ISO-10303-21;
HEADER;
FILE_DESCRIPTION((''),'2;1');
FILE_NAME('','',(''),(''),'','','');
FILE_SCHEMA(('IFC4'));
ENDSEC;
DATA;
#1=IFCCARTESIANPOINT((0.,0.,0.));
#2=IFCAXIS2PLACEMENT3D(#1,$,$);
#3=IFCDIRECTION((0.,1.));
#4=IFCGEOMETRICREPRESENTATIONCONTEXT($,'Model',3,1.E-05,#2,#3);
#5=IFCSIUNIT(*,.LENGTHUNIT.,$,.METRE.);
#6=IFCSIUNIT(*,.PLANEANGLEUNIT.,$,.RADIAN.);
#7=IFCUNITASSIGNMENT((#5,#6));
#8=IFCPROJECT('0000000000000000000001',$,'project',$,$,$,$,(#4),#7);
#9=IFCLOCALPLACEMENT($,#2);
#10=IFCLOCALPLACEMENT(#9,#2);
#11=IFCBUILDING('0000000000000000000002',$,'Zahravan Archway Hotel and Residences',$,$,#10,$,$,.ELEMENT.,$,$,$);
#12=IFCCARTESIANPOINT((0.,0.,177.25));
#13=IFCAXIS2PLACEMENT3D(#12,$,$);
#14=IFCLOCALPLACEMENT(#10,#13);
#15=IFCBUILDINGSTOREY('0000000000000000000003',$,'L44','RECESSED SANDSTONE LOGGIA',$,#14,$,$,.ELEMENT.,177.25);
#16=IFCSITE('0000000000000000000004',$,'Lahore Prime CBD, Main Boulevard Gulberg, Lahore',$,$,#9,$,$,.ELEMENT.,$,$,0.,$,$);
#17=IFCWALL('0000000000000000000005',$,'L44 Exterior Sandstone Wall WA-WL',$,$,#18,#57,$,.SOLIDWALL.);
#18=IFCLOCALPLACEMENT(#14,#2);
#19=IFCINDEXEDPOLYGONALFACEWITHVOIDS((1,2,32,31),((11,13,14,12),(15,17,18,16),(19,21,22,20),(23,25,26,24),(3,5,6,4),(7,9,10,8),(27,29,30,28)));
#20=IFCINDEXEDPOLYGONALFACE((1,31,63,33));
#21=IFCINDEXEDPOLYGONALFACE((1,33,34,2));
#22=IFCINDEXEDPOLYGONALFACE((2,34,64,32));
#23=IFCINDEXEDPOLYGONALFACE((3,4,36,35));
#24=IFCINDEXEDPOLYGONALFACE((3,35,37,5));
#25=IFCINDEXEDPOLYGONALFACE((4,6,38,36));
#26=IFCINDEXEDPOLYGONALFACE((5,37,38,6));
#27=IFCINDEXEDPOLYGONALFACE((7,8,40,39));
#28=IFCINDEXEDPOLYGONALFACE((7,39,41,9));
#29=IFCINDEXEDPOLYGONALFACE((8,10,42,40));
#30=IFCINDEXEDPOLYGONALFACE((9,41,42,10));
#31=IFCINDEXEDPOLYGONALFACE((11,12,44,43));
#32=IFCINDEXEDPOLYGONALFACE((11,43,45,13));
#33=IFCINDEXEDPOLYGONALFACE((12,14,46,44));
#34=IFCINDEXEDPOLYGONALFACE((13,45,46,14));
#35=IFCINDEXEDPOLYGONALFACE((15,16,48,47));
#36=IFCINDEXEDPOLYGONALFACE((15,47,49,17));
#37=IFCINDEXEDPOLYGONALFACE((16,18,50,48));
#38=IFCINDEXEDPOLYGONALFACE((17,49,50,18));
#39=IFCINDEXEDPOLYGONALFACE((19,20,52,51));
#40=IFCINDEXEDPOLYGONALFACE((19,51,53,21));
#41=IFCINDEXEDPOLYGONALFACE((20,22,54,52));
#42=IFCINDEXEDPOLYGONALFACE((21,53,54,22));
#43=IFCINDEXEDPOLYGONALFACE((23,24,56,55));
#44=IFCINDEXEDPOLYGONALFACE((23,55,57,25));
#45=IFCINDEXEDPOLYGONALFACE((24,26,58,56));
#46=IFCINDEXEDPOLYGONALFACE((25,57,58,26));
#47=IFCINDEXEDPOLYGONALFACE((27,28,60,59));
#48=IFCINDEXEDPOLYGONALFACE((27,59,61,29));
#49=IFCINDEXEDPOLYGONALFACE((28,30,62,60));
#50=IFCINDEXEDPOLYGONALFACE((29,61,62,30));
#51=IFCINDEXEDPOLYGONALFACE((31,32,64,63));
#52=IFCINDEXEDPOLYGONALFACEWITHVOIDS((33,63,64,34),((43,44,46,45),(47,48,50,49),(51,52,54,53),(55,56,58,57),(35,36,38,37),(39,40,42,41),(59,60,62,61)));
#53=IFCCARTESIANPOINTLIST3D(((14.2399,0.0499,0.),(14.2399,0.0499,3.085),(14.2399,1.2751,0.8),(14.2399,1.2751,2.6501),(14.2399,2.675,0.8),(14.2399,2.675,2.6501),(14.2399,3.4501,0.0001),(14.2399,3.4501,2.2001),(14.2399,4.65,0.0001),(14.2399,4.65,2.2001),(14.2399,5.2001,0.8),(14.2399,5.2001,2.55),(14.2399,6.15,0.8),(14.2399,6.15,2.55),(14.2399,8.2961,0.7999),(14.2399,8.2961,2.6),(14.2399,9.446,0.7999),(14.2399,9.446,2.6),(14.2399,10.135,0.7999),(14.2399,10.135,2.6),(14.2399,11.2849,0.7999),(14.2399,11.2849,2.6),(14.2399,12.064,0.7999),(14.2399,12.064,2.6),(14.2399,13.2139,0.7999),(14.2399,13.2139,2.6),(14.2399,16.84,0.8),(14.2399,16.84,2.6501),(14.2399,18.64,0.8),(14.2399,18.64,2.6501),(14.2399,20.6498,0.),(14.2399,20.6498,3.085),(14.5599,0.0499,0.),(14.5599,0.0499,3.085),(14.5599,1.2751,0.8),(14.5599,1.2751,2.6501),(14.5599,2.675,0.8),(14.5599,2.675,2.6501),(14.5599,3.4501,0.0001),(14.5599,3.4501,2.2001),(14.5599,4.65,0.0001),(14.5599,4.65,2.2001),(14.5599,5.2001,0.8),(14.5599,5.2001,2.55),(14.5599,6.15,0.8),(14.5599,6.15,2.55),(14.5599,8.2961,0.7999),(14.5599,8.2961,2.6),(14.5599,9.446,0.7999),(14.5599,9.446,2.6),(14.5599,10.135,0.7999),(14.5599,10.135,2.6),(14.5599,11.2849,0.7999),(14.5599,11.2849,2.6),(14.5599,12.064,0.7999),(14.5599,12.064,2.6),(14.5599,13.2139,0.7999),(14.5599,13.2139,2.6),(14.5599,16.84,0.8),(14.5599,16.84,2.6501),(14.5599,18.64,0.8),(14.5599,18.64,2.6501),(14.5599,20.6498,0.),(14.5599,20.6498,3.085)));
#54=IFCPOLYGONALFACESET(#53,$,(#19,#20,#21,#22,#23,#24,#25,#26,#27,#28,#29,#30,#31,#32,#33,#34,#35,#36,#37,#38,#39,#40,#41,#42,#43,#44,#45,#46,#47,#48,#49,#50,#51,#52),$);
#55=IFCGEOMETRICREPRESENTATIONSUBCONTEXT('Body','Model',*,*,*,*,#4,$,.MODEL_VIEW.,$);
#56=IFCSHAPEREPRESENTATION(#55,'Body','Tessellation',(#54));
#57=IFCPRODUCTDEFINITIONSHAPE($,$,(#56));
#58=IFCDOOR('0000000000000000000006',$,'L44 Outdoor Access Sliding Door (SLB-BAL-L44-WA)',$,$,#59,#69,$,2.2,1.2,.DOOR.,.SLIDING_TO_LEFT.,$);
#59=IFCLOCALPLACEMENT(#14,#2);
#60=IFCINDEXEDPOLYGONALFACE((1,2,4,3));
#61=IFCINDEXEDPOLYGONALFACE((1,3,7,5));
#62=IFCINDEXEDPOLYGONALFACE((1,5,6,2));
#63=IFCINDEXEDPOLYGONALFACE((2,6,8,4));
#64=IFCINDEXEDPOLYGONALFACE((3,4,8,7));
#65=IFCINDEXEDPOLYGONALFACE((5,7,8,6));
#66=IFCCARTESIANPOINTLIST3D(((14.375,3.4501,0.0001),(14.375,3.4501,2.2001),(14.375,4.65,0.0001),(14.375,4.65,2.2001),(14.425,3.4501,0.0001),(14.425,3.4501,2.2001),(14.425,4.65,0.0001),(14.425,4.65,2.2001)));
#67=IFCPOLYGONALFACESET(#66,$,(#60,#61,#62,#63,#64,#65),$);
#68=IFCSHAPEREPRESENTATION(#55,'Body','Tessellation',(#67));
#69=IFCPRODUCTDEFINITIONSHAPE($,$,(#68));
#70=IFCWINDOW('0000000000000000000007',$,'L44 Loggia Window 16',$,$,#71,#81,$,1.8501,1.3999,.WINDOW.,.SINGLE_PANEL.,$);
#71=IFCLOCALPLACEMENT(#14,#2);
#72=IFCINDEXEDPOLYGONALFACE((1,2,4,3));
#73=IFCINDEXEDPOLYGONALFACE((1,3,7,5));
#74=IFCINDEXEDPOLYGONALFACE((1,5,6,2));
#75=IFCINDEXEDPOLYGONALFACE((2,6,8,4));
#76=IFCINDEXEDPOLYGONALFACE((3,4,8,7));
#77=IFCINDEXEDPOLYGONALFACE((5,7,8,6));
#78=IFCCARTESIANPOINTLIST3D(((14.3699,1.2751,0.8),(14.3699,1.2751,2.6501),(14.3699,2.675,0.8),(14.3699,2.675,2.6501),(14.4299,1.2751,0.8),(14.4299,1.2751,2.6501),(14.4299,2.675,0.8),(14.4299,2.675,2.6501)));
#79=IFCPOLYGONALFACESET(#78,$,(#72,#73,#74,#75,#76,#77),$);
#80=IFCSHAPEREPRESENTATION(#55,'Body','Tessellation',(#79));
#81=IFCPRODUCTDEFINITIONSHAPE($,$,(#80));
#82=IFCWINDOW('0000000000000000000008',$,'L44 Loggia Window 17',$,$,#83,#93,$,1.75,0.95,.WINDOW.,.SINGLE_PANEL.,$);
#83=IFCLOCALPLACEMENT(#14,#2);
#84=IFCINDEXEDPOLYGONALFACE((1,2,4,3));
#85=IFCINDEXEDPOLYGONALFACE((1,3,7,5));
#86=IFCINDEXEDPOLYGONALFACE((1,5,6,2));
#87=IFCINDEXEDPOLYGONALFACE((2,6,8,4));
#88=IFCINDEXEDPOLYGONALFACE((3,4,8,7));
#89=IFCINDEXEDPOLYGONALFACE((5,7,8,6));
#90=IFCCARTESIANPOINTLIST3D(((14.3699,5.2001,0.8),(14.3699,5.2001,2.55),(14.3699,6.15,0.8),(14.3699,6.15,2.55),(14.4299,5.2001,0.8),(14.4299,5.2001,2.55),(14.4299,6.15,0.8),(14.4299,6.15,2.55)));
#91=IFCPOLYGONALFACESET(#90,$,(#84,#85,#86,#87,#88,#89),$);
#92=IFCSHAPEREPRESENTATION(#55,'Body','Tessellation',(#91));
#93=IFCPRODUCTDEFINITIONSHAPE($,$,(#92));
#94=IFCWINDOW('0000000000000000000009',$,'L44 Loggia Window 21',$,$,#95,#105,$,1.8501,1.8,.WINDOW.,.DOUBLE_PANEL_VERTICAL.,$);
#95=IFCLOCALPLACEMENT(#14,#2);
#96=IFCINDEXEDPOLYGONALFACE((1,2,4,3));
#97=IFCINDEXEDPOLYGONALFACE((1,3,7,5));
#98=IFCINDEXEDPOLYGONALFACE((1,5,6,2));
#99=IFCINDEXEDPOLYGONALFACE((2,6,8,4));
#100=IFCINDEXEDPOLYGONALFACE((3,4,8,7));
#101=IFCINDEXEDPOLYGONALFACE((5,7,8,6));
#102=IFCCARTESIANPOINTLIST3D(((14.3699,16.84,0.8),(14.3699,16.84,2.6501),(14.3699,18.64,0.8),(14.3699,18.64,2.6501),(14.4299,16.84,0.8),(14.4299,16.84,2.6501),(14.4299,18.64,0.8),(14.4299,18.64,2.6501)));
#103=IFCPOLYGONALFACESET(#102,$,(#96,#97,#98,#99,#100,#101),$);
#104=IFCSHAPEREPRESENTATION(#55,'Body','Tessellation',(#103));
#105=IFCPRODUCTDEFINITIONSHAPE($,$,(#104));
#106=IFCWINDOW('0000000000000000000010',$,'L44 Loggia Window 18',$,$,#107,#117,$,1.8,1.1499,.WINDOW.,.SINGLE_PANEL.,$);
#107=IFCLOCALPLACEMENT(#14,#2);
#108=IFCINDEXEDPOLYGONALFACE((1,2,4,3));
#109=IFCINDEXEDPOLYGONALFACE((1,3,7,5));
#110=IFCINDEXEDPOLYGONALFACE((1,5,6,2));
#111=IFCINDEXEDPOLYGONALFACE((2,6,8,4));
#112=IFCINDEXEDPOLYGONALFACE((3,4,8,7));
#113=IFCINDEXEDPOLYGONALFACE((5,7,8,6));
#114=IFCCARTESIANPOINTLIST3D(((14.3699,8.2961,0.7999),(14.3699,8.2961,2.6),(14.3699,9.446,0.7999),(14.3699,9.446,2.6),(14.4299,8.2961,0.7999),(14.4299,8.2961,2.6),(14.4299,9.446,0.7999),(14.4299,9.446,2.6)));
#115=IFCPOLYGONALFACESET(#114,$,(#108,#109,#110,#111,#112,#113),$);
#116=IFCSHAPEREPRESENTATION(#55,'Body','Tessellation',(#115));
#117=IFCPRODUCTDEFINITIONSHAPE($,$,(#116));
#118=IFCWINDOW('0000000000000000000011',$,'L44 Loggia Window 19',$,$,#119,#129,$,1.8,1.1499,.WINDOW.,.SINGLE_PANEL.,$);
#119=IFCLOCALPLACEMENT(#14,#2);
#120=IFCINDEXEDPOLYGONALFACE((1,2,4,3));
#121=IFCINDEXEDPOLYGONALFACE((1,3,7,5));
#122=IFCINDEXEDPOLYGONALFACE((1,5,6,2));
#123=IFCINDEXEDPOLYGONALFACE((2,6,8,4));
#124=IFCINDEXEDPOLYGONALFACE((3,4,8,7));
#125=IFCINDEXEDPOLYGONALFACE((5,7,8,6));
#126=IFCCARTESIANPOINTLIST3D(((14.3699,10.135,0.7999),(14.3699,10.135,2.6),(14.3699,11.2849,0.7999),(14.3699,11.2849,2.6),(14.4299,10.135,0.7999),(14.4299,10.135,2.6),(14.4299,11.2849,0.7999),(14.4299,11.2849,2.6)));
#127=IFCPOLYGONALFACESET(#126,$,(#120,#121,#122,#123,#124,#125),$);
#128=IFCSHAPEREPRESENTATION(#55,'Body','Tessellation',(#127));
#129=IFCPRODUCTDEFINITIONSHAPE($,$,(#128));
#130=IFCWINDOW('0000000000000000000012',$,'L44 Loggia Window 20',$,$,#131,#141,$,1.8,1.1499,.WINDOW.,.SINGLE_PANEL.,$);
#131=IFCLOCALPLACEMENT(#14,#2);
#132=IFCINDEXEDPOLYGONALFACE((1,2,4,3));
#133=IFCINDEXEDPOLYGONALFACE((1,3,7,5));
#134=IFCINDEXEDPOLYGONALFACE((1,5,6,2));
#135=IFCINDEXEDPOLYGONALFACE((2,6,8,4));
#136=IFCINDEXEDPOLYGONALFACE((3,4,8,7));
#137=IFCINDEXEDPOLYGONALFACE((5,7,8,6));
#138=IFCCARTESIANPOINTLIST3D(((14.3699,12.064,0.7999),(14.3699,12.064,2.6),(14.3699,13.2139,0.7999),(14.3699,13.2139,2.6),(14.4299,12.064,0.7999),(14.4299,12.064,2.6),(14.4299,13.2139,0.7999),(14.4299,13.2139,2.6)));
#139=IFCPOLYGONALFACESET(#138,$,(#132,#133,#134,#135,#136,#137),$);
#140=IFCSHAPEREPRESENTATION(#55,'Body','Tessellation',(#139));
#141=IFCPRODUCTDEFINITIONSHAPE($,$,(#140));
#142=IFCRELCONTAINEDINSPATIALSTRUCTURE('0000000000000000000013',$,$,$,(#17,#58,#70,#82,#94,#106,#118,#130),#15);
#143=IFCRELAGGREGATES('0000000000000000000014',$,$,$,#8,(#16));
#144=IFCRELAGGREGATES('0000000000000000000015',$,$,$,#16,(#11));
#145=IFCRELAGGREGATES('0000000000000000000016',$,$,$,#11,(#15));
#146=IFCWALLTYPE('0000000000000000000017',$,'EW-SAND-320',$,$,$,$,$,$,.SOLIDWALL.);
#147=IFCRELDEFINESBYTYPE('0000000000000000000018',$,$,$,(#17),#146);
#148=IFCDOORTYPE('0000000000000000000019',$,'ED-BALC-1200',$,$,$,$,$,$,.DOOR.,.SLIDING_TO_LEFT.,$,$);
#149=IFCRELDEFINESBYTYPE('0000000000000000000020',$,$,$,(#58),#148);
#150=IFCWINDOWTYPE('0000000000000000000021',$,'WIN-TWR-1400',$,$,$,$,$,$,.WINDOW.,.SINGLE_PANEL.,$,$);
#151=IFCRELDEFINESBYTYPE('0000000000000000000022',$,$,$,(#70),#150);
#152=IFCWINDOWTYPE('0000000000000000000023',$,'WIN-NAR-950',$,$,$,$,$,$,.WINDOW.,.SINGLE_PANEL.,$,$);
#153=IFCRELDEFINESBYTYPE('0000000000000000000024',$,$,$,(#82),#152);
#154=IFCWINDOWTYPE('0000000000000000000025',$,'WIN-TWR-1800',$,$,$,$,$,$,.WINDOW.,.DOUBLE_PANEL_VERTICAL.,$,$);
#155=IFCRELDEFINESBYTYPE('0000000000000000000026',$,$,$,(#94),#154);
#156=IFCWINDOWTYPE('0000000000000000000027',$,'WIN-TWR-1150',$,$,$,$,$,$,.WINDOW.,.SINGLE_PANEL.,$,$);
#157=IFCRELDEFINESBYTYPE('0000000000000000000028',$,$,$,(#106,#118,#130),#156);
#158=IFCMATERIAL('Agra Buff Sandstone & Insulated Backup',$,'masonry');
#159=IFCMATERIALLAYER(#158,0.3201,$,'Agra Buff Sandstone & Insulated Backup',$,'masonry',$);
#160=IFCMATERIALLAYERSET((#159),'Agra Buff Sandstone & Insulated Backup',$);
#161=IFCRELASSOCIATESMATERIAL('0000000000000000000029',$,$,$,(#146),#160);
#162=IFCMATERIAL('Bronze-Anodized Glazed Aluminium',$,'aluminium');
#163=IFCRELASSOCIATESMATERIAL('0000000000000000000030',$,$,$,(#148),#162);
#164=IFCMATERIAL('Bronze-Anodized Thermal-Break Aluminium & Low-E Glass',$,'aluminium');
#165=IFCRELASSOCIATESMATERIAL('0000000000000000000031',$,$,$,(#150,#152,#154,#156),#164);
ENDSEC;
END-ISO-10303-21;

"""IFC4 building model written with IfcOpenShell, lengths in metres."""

from ifc_helpers import new_model, si_unit, direction, frame, frame_2d, origin, place, context, subcontext, project, spatial, rectangle, extrude, source, transform, mapped, material, layer, layer_set, type_object, type_shapes, element, fill, save


model = new_model("IFC4")

# Units and contexts
model_context = context("Model", 3, precision=1e-05, world=origin(), true_north=direction((0.0, 1.0)))
body_context = subcontext(model_context, "Body", "Model", "MODEL_VIEW")
ifc_project = project(units=[si_unit("LENGTHUNIT", "METRE"), si_unit("PLANEANGLEUNIT", "RADIAN")], contexts=[model_context])

# Site, building, storey
site_placement = place(None, origin())
site = spatial("IfcSite", under=ifc_project, at=site_placement, Name="Lahore Prime CBD, Main Boulevard Gulberg, Lahore", CompositionType="ELEMENT", RefElevation=0.0)
building_placement = place(site_placement, origin())
building = spatial("IfcBuilding", under=site, at=building_placement, Name="Zahravan Archway Hotel and Residences", CompositionType="ELEMENT")
storey_placement = place(building_placement, frame((0.0, 0.0, 177.25)))
storey = spatial("IfcBuildingStorey", under=building, at=storey_placement, Name="L44", Description="RECESSED SANDSTONE LOGGIA", CompositionType="ELEMENT", Elevation=177.25)

# Wall, openings, door, windows
ifc_material_1 = material(Name="Agra Buff Sandstone & Insulated Backup", Category="masonry")
ifc_layer = layer(ifc_material_1, 0.3201, Name="Agra Buff Sandstone & Insulated Backup", Category="masonry")
ifc_layer_set = layer_set([ifc_layer], Name="Agra Buff Sandstone & Insulated Backup")
wall_type = type_object("IfcWallType", Name="EW-SAND-320", PredefinedType="SOLIDWALL", material=ifc_layer_set)
ifc_material_2 = material(Name="Bronze-Anodized Glazed Aluminium", Category="aluminium")
door_type = type_object("IfcDoorType", Name="ED-BALC-1200", OperationType="SLIDING_TO_LEFT", PredefinedType="DOOR", material=ifc_material_2)
shared_shape_1 = source(origin(), body_context, "Body", "SweptSolid", [
    extrude(rectangle(XDim=1.2, YDim=2.2, at=frame_2d((0.6001, 1.1001))), frame((0.0, 0.0249, 0.0), z_axis=(0.0, -1.0, 0.0), x_axis=(1.0, 0.0, 0.0)), (0.0, 0.0, 1.0), 0.05),
])
type_shapes(door_type, [shared_shape_1])
ifc_material_3 = material(Name="Bronze-Anodized Thermal-Break Aluminium & Low-E Glass", Category="aluminium")
window_type_1 = type_object("IfcWindowType", Name="WIN-TWR-1400", PartitioningType="SINGLE_PANEL", PredefinedType="WINDOW", material=ifc_material_3)
shared_shape_2 = source(origin(), body_context, "Body", "SweptSolid", [
    extrude(rectangle(XDim=1.3999, YDim=1.8501, at=frame_2d((0.7, 0.925))), frame((0.0, 0.03, 0.0), z_axis=(0.0, -1.0, 0.0), x_axis=(1.0, 0.0, 0.0)), (0.0, 0.0, 1.0), 0.0601),
])
type_shapes(window_type_1, [shared_shape_2])
window_type_2 = type_object("IfcWindowType", Name="WIN-NAR-950", PartitioningType="SINGLE_PANEL", PredefinedType="WINDOW", material=ifc_material_3)
shared_shape_3 = source(origin(), body_context, "Body", "SweptSolid", [
    extrude(rectangle(XDim=0.95, YDim=1.75, at=frame_2d((0.4751, 0.875))), frame((0.0, 0.03, 0.0), z_axis=(0.0, -1.0, 0.0), x_axis=(1.0, 0.0, 0.0)), (0.0, 0.0, 1.0), 0.0601),
])
type_shapes(window_type_2, [shared_shape_3])
window_type_3 = type_object("IfcWindowType", Name="WIN-TWR-1800", PartitioningType="DOUBLE_PANEL_VERTICAL", PredefinedType="WINDOW", material=ifc_material_3)
shared_shape_4 = source(origin(), body_context, "Body", "SweptSolid", [
    extrude(rectangle(XDim=1.8, YDim=1.8501, at=frame_2d((0.8999, 0.925))), frame((0.0, 0.03, 0.0), z_axis=(0.0, -1.0, 0.0), x_axis=(1.0, 0.0, 0.0)), (0.0, 0.0, 1.0), 0.0601),
])
type_shapes(window_type_3, [shared_shape_4])
window_type_4 = type_object("IfcWindowType", Name="WIN-TWR-1150", PartitioningType="SINGLE_PANEL", PredefinedType="WINDOW", material=ifc_material_3)
shared_shape_5 = source(origin(), body_context, "Body", "SweptSolid", [
    extrude(rectangle(XDim=1.1499, YDim=1.8, at=frame_2d((0.575, 0.8999))), frame((0.0, 0.03, 0.0), z_axis=(0.0, -1.0, 0.0), x_axis=(1.0, 0.0, 0.0)), (0.0, 0.0, 1.0), 0.0601),
])
type_shapes(window_type_4, [shared_shape_5])
wall_1_placement = place(storey_placement, frame((14.3999, 0.05, 0.0), z_axis=(0.0, 0.0, 1.0), x_axis=(0.0, 1.0, 0.0)))
wall_1 = element("IfcWall", 1, at=wall_1_placement, inside=storey, type_object=wall_type, Name="L44 Exterior Sandstone Wall WA-WL", PredefinedType="SOLIDWALL", context=body_context, shape_type="SweptSolid", body=[
    extrude(rectangle(XDim=20.5999, YDim=0.3201, at=frame_2d((10.2998, 0.0))), origin(), (0.0, 0.0, 1.0), 3.085),
])
opening_1_placement = place(wall_1_placement, frame((3.3999, 0.0, 0.0)))
opening_1 = element("IfcOpeningElement", 2, at=opening_1_placement, cuts=wall_1, PredefinedType="OPENING", context=body_context, shape_type="SweptSolid", body=[
    extrude(rectangle(XDim=1.2, YDim=2.2, at=frame_2d((0.6001, 1.1001))), frame((0.0, 0.1699, 0.0), z_axis=(0.0, -1.0, 0.0), x_axis=(1.0, 0.0, 0.0)), (0.0, 0.0, 1.0), 0.3401),
])
opening_2_placement = place(wall_1_placement, frame((1.2251, 0.0, 0.8)))
opening_2 = element("IfcOpeningElement", 3, at=opening_2_placement, cuts=wall_1, PredefinedType="OPENING", context=body_context, shape_type="SweptSolid", body=[
    extrude(rectangle(XDim=1.3999, YDim=1.8501, at=frame_2d((0.7, 0.925))), frame((0.0, 0.1699, 0.0), z_axis=(0.0, -1.0, 0.0), x_axis=(1.0, 0.0, 0.0)), (0.0, 0.0, 1.0), 0.3401),
])
opening_3_placement = place(wall_1_placement, frame((5.1499, 0.0, 0.8)))
opening_3 = element("IfcOpeningElement", 4, at=opening_3_placement, cuts=wall_1, PredefinedType="OPENING", context=body_context, shape_type="SweptSolid", body=[
    extrude(rectangle(XDim=0.95, YDim=1.75, at=frame_2d((0.4751, 0.875))), frame((0.0, 0.1699, 0.0), z_axis=(0.0, -1.0, 0.0), x_axis=(1.0, 0.0, 0.0)), (0.0, 0.0, 1.0), 0.3401),
])
opening_4_placement = place(wall_1_placement, frame((8.2461, 0.0, 0.8)))
opening_4 = element("IfcOpeningElement", 5, at=opening_4_placement, cuts=wall_1, PredefinedType="OPENING", context=body_context, shape_type="SweptSolid", body=[
    extrude(rectangle(XDim=1.1499, YDim=1.8, at=frame_2d((0.575, 0.8999))), frame((0.0, 0.1699, 0.0), z_axis=(0.0, -1.0, 0.0), x_axis=(1.0, 0.0, 0.0)), (0.0, 0.0, 1.0), 0.3401),
])
opening_5_placement = place(wall_1_placement, frame((10.085, 0.0, 0.8)))
opening_5 = element("IfcOpeningElement", 6, at=opening_5_placement, cuts=wall_1, PredefinedType="OPENING", context=body_context, shape_type="SweptSolid", body=[
    extrude(rectangle(XDim=1.1499, YDim=1.8, at=frame_2d((0.575, 0.8999))), frame((0.0, 0.1699, 0.0), z_axis=(0.0, -1.0, 0.0), x_axis=(1.0, 0.0, 0.0)), (0.0, 0.0, 1.0), 0.3401),
])
opening_6_placement = place(wall_1_placement, frame((12.0139, 0.0, 0.8)))
opening_6 = element("IfcOpeningElement", 7, at=opening_6_placement, cuts=wall_1, PredefinedType="OPENING", context=body_context, shape_type="SweptSolid", body=[
    extrude(rectangle(XDim=1.1499, YDim=1.8, at=frame_2d((0.575, 0.8999))), frame((0.0, 0.1699, 0.0), z_axis=(0.0, -1.0, 0.0), x_axis=(1.0, 0.0, 0.0)), (0.0, 0.0, 1.0), 0.3401),
])
opening_7_placement = place(wall_1_placement, frame((16.79, 0.0, 0.8)))
opening_7 = element("IfcOpeningElement", 8, at=opening_7_placement, cuts=wall_1, PredefinedType="OPENING", context=body_context, shape_type="SweptSolid", body=[
    extrude(rectangle(XDim=1.8, YDim=1.8501, at=frame_2d((0.8999, 0.925))), frame((0.0, 0.1699, 0.0), z_axis=(0.0, -1.0, 0.0), x_axis=(1.0, 0.0, 0.0)), (0.0, 0.0, 1.0), 0.3401),
])
door_1_placement = place(opening_1_placement, origin())
door_1 = element("IfcDoor", 9, at=door_1_placement, inside=storey, type_object=door_type, Name="L44 Outdoor Access Sliding Door (SLB-BAL-L44-WA)", OperationType="SLIDING_TO_LEFT", OverallHeight=2.2, OverallWidth=1.2, PredefinedType="DOOR", context=body_context, shape_type="MappedRepresentation", body=[
    mapped(shared_shape_1, transform((0.0, 0.0, 0.0), scale=1.0)),
])
fill(opening_1, door_1)
window_1_placement = place(opening_2_placement, origin())
window_1 = element("IfcWindow", 10, at=window_1_placement, inside=storey, type_object=window_type_1, Name="L44 Loggia Window 16", OverallHeight=1.8501, OverallWidth=1.3999, PartitioningType="SINGLE_PANEL", PredefinedType="WINDOW", context=body_context, shape_type="MappedRepresentation", body=[
    mapped(shared_shape_2, transform((0.0, 0.0, 0.0), scale=1.0)),
])
fill(opening_2, window_1)
window_2_placement = place(opening_3_placement, origin())
window_2 = element("IfcWindow", 11, at=window_2_placement, inside=storey, type_object=window_type_2, Name="L44 Loggia Window 17", OverallHeight=1.75, OverallWidth=0.95, PartitioningType="SINGLE_PANEL", PredefinedType="WINDOW", context=body_context, shape_type="MappedRepresentation", body=[
    mapped(shared_shape_3, transform((0.0, 0.0, 0.0), scale=1.0)),
])
fill(opening_3, window_2)
window_3_placement = place(opening_7_placement, origin())
window_3 = element("IfcWindow", 12, at=window_3_placement, inside=storey, type_object=window_type_3, Name="L44 Loggia Window 21", OverallHeight=1.8501, OverallWidth=1.8, PartitioningType="DOUBLE_PANEL_VERTICAL", PredefinedType="WINDOW", context=body_context, shape_type="MappedRepresentation", body=[
    mapped(shared_shape_4, transform((0.0, 0.0, 0.0), scale=1.0)),
])
fill(opening_7, window_3)
window_4_placement = place(opening_4_placement, origin())
window_4 = element("IfcWindow", 13, at=window_4_placement, inside=storey, type_object=window_type_4, Name="L44 Loggia Window 18", OverallHeight=1.8, OverallWidth=1.1499, PartitioningType="SINGLE_PANEL", PredefinedType="WINDOW", context=body_context, shape_type="MappedRepresentation", body=[
    mapped(shared_shape_5, transform((0.0, 0.0, 0.0), scale=1.0)),
])
fill(opening_4, window_4)
window_5_placement = place(opening_5_placement, origin())
window_5 = element("IfcWindow", 14, at=window_5_placement, inside=storey, type_object=window_type_4, Name="L44 Loggia Window 19", OverallHeight=1.8, OverallWidth=1.1499, PartitioningType="SINGLE_PANEL", PredefinedType="WINDOW", context=body_context, shape_type="MappedRepresentation", body=[
    mapped(shared_shape_5, transform((0.0, 0.0, 0.0), scale=1.0)),
])
fill(opening_5, window_5)
window_6_placement = place(opening_6_placement, origin())
window_6 = element("IfcWindow", 15, at=window_6_placement, inside=storey, type_object=window_type_4, Name="L44 Loggia Window 20", OverallHeight=1.8, OverallWidth=1.1499, PartitioningType="SINGLE_PANEL", PredefinedType="WINDOW", context=body_context, shape_type="MappedRepresentation", body=[
    mapped(shared_shape_5, transform((0.0, 0.0, 0.0), scale=1.0)),
])
fill(opening_6, window_6)

save(model, "model.ifc")
